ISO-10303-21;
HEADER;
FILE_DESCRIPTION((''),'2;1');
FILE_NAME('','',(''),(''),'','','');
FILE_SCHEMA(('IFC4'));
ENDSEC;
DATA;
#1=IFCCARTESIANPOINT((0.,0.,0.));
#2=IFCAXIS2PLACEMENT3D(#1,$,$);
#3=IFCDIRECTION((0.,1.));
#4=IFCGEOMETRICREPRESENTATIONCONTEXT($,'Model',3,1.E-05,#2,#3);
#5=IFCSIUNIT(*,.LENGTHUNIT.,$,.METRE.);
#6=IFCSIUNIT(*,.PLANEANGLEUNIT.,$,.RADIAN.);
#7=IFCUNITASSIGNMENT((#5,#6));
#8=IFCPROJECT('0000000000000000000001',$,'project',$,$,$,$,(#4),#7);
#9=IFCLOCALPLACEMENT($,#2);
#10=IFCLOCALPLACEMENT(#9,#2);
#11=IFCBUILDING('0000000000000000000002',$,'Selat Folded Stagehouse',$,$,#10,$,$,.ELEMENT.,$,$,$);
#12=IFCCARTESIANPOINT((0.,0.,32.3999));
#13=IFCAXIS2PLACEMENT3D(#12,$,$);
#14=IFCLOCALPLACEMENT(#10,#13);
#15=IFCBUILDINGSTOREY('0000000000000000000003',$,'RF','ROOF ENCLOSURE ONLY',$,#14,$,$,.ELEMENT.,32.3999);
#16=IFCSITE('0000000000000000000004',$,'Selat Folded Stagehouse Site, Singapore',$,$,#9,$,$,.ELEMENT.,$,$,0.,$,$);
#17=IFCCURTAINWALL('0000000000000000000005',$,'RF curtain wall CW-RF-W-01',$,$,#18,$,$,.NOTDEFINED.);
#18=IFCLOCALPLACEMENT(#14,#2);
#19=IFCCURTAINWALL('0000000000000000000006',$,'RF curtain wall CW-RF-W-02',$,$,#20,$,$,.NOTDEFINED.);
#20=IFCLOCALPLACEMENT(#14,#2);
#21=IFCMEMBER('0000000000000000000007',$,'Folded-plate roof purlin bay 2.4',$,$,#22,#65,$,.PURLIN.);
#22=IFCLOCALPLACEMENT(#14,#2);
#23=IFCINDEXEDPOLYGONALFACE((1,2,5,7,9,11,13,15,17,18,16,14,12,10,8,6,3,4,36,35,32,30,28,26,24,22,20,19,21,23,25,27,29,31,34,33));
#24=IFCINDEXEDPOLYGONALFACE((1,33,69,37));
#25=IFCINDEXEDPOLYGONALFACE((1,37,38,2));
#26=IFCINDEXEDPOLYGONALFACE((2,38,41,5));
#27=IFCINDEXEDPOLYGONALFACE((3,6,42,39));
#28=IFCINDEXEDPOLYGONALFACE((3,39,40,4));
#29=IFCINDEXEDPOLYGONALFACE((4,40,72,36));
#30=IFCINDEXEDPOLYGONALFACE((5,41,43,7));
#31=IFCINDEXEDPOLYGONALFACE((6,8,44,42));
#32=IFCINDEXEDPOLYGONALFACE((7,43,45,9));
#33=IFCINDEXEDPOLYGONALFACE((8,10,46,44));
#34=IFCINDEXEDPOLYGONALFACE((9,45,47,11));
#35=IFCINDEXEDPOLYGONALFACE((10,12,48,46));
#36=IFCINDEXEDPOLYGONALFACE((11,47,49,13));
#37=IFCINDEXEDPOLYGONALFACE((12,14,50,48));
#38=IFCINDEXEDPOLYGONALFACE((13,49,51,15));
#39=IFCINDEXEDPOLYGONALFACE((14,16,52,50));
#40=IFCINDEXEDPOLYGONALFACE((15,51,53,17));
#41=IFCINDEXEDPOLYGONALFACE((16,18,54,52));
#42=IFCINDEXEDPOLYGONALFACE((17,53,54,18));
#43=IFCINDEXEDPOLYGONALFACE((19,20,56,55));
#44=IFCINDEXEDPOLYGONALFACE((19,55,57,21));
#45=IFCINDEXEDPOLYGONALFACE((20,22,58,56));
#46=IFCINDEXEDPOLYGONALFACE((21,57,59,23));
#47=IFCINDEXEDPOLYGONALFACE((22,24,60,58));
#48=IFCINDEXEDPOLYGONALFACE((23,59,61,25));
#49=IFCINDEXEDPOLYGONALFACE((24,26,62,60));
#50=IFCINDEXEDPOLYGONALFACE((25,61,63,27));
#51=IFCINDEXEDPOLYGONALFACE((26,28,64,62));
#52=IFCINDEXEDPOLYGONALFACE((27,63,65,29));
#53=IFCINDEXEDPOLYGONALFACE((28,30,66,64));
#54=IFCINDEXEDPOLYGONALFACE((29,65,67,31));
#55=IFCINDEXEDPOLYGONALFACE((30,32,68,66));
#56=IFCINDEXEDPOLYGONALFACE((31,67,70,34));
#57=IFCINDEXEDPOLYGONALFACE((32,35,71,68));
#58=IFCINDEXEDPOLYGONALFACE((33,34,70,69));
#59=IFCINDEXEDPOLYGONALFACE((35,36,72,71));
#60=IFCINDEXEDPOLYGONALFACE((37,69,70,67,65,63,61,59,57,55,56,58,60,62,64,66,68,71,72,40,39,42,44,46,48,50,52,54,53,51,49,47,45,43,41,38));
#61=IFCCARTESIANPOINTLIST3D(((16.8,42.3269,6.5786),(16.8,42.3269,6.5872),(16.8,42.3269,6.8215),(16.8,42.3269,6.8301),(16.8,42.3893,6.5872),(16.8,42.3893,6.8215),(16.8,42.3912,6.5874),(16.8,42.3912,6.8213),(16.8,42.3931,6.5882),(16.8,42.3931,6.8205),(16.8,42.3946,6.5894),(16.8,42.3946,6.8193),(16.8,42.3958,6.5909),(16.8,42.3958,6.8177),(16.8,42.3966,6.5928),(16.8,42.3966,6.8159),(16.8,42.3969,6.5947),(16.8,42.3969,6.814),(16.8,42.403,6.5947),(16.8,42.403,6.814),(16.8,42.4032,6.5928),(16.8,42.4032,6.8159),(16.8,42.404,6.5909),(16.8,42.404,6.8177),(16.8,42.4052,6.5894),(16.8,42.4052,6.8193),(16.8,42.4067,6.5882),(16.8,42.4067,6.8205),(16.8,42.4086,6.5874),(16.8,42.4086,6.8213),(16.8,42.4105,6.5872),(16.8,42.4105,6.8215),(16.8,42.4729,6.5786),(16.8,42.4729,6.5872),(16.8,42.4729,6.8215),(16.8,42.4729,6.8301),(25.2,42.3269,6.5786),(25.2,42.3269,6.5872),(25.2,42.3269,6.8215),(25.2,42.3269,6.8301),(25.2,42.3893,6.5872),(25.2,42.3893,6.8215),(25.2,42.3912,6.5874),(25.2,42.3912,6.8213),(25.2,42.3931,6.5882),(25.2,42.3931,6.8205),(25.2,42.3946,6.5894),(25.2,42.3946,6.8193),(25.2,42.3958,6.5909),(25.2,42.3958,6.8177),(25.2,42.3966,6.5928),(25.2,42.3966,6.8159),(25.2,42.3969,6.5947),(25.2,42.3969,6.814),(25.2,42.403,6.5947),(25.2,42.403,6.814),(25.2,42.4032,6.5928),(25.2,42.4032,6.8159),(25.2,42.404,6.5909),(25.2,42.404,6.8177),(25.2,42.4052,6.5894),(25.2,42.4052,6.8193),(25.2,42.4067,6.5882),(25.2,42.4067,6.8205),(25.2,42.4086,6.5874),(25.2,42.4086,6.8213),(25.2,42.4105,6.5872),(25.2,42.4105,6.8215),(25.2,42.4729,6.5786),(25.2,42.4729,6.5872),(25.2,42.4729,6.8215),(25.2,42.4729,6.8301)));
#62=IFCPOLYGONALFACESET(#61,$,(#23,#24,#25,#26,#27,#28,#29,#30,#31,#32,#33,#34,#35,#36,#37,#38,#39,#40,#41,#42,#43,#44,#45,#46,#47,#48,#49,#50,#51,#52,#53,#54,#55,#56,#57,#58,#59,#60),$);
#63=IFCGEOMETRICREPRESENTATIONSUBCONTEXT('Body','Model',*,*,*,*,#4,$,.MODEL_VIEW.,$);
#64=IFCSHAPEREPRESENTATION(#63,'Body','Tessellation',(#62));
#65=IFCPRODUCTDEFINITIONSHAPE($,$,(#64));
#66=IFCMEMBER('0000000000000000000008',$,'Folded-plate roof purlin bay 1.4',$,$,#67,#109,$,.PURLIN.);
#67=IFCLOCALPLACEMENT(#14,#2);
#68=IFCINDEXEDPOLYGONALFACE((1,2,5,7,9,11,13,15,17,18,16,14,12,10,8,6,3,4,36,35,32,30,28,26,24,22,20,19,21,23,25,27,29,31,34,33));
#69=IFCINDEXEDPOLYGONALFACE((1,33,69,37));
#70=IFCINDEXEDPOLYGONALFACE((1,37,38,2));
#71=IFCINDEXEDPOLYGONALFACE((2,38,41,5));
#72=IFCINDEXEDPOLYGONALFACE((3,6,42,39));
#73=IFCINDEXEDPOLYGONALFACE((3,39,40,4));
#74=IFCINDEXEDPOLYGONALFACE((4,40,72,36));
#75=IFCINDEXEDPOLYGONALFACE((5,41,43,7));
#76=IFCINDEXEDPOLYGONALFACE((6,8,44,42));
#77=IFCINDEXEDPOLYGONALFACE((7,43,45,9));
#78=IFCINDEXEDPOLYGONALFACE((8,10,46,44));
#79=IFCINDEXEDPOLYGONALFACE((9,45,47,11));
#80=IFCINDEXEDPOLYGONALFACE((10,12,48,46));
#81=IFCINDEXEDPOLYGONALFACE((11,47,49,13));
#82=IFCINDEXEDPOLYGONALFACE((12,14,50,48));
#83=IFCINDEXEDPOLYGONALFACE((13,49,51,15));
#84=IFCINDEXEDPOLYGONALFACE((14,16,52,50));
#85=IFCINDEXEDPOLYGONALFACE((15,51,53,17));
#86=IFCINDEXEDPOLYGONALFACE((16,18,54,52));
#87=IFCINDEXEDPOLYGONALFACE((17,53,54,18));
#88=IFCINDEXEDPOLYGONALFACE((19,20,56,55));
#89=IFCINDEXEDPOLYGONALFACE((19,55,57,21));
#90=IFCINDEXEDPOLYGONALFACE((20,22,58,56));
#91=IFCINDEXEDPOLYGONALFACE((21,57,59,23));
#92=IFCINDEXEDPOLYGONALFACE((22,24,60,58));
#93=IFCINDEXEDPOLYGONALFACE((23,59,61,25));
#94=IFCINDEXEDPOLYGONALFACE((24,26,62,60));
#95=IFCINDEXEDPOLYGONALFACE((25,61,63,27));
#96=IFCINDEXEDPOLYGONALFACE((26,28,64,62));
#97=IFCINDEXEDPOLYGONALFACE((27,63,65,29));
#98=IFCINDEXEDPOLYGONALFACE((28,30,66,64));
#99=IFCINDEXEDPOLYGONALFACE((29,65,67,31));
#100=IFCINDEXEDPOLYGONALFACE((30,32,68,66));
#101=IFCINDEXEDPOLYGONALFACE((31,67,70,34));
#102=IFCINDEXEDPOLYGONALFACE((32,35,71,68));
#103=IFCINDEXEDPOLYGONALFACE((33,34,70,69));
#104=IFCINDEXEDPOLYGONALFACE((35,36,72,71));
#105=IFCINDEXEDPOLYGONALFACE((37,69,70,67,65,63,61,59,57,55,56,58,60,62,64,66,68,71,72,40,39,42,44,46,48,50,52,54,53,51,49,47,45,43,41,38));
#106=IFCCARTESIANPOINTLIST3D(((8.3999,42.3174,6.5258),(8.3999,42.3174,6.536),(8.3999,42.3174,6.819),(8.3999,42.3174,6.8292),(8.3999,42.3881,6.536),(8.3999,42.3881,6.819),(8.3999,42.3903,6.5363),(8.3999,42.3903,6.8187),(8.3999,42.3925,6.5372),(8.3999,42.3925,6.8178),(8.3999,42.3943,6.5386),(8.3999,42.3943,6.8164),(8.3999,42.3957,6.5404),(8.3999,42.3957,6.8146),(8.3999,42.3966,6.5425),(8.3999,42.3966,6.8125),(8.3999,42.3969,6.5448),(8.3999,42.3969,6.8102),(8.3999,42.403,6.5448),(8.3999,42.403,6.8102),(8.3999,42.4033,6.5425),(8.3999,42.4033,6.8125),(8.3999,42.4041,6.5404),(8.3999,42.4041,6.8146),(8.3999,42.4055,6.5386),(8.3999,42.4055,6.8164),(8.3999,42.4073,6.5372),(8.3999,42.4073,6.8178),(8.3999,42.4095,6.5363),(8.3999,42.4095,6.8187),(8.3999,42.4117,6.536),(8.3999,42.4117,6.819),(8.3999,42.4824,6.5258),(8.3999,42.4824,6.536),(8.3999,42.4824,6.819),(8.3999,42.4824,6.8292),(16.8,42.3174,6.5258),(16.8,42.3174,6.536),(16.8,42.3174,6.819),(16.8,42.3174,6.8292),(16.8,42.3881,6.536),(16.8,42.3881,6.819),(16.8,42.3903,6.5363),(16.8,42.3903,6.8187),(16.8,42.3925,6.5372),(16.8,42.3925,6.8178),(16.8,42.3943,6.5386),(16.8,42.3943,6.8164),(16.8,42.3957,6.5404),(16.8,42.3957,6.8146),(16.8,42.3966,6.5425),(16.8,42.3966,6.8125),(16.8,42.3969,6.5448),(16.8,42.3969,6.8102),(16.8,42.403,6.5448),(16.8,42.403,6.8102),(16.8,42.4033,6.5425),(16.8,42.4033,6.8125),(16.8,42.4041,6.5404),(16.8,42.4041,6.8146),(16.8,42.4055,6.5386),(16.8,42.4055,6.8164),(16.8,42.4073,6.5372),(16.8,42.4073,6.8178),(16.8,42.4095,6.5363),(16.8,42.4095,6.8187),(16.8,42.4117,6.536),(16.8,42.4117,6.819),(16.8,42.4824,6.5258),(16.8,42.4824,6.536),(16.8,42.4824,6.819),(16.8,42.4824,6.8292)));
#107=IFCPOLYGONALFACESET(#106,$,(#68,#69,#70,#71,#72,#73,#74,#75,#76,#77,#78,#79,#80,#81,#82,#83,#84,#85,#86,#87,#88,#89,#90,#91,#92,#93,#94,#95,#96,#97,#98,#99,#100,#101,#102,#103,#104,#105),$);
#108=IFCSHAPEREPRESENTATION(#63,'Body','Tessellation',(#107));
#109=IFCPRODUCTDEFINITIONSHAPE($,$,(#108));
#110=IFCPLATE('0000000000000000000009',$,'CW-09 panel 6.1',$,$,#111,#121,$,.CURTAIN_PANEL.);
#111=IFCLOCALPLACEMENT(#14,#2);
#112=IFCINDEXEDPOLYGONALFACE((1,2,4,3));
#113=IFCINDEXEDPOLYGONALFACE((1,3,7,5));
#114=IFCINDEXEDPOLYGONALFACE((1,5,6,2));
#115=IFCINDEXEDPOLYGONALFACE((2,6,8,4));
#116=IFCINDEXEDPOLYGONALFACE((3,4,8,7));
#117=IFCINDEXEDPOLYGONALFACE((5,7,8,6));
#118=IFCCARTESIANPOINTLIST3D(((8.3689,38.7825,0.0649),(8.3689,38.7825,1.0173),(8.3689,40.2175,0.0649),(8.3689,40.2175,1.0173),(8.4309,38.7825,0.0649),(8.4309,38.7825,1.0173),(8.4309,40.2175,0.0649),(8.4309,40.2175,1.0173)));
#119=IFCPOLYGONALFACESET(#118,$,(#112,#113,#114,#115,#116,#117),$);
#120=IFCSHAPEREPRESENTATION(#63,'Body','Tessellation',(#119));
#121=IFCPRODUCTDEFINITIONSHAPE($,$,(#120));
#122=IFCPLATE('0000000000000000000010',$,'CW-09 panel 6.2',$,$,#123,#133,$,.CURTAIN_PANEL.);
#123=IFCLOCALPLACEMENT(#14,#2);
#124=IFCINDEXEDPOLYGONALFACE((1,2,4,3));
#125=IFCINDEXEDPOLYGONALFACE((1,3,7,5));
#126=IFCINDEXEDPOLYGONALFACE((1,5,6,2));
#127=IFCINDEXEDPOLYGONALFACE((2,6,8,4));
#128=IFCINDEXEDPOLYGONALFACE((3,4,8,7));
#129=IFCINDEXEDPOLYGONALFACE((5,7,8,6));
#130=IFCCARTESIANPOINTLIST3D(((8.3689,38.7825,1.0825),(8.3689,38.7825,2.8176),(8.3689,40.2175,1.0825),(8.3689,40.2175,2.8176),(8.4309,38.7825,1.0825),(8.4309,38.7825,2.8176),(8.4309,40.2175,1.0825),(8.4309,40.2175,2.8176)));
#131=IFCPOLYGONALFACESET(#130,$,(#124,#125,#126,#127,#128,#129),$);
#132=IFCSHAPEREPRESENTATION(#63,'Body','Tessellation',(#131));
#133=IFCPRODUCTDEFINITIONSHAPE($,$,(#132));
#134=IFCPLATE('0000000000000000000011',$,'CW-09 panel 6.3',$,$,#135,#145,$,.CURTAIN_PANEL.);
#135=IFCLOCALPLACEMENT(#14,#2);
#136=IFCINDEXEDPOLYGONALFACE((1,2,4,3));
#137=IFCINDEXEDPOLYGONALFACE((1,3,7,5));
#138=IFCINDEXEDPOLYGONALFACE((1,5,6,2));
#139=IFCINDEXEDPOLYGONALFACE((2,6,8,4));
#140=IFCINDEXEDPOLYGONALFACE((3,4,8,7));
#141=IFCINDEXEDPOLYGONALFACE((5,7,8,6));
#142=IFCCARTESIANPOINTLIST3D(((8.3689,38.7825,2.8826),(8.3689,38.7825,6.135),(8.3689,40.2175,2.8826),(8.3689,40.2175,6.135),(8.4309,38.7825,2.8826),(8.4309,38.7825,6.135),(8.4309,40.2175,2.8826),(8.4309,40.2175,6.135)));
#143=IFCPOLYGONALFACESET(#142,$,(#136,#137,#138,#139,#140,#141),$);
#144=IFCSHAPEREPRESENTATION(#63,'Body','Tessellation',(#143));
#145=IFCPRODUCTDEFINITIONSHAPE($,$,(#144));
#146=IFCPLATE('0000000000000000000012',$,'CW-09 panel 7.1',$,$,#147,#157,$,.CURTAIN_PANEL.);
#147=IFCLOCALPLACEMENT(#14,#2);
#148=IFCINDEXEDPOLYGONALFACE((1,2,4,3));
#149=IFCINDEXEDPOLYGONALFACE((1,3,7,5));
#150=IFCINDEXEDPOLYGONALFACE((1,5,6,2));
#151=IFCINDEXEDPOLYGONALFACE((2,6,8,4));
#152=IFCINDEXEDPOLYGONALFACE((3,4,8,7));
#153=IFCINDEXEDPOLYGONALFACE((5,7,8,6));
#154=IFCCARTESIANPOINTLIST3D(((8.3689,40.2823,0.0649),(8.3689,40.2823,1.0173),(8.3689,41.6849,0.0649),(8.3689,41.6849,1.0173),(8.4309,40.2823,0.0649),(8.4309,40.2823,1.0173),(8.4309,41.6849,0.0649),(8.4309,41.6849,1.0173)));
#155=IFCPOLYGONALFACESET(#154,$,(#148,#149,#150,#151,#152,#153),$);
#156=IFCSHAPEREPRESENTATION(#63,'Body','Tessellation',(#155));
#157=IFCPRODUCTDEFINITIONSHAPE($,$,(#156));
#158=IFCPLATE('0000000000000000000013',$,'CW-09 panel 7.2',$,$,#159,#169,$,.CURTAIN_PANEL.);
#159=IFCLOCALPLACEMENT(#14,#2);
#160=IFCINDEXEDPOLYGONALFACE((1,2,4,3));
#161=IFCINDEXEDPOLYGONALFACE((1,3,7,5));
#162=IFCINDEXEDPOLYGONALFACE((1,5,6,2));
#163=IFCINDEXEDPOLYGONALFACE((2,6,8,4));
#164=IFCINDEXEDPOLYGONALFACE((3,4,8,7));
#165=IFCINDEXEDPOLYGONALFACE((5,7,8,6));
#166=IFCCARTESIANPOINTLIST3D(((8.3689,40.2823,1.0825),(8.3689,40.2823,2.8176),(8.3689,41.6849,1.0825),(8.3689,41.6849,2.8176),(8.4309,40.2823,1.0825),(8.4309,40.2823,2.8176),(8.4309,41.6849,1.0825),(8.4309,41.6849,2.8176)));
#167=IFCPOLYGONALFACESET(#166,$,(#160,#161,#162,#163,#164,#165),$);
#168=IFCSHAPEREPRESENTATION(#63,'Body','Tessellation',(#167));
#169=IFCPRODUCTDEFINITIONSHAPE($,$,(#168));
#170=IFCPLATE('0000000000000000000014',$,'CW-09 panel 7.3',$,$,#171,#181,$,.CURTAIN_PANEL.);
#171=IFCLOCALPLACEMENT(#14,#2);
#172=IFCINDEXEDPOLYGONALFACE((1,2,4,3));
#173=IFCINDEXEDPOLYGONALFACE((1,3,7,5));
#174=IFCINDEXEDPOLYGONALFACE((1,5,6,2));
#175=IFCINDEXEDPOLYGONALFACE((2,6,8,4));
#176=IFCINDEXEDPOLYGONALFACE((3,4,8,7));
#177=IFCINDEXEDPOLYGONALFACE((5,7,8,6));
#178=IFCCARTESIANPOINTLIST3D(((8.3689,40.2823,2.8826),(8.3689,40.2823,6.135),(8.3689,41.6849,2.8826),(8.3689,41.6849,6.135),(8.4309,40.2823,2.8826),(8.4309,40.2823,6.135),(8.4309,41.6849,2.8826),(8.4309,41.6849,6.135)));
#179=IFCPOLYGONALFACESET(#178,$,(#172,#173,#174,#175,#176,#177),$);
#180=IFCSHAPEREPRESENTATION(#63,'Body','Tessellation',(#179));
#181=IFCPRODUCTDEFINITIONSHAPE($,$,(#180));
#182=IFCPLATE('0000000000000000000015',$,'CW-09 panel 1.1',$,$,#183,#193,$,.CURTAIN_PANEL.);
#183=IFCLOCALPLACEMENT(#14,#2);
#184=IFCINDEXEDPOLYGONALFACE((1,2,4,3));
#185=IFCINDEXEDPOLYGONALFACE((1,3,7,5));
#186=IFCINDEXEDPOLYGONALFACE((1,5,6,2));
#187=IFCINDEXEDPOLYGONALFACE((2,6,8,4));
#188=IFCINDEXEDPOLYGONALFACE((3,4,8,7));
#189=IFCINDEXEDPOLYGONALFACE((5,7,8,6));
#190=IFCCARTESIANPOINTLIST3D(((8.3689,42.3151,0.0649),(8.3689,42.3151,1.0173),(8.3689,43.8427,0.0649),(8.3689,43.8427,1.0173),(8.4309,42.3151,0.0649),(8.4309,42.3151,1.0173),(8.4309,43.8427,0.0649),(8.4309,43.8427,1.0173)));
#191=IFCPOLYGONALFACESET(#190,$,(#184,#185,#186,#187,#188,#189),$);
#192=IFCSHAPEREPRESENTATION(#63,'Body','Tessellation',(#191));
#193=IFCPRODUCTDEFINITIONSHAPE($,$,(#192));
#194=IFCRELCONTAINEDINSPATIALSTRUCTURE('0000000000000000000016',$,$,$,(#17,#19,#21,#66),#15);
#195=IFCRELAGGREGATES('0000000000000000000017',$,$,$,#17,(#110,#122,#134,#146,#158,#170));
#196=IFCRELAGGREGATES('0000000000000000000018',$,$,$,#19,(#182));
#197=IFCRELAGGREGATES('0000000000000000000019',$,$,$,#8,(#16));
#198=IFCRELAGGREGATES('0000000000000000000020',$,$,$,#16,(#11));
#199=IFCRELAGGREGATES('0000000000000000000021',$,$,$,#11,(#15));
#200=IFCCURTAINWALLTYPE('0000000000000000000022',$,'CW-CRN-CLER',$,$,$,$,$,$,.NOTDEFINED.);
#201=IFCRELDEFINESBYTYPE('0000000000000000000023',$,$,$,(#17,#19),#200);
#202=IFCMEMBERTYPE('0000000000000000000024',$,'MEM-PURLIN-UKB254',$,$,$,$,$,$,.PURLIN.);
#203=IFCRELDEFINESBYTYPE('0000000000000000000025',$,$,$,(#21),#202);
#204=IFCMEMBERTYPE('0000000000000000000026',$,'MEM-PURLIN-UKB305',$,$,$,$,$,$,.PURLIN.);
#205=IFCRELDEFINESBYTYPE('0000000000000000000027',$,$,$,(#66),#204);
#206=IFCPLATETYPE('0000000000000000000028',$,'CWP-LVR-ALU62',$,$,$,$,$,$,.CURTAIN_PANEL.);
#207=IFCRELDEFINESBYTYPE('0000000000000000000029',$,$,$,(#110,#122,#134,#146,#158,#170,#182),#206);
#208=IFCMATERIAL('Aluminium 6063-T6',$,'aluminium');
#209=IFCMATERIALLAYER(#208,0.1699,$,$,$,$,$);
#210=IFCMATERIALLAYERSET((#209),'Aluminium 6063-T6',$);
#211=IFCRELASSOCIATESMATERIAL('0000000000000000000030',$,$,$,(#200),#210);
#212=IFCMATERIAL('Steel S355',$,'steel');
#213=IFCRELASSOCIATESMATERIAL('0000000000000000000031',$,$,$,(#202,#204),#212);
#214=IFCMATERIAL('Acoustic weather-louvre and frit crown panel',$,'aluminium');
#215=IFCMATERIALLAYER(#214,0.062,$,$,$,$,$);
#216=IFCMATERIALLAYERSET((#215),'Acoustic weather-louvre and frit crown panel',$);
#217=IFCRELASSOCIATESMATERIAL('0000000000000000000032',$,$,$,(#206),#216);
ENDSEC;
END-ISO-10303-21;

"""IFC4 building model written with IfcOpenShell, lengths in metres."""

from ifc_helpers import new_model, si_unit, direction, frame, origin, origin_2d, place, context, subcontext, project, spatial, rectangle, i_section, extrude, material, layer, layer_set, material_profile, profile_set, type_object, element, aggregate, save


model = new_model("IFC4")

# Units and contexts
model_context = context("Model", 3, precision=1e-05, world=origin(), true_north=direction((0.0, 1.0)))
body_context = subcontext(model_context, "Body", "Model", "MODEL_VIEW")
ifc_project = project(units=[si_unit("LENGTHUNIT", "METRE"), si_unit("PLANEANGLEUNIT", "RADIAN")], contexts=[model_context])

# Site, building, storey
site_placement = place(None, origin())
site = spatial("IfcSite", under=ifc_project, at=site_placement, Name="Selat Folded Stagehouse Site, Singapore", CompositionType="ELEMENT", RefElevation=0.0)
building_placement = place(site_placement, origin())
building = spatial("IfcBuilding", under=site, at=building_placement, Name="Selat Folded Stagehouse", CompositionType="ELEMENT")
storey_placement = place(building_placement, frame((0.0, 0.0, 32.3999)))
storey = spatial("IfcBuildingStorey", under=building, at=storey_placement, Name="RF", Description="ROOF ENCLOSURE ONLY", CompositionType="ELEMENT", Elevation=32.3999)

# Curtain walls
ifc_material_1 = material(Name="Aluminium 6063-T6", Category="aluminium")
ifc_layer_1 = layer(ifc_material_1, 0.1699)
ifc_layer_set_1 = layer_set([ifc_layer_1], Name="Aluminium 6063-T6")
curtain_wall_type = type_object("IfcCurtainWallType", Name="CW-CRN-CLER", PredefinedType="NOTDEFINED", material=ifc_layer_set_1)
curtain_wall_1_placement = place(storey_placement, origin())
curtain_wall_1 = element("IfcCurtainWall", 1, at=curtain_wall_1_placement, inside=storey, type_object=curtain_wall_type, Name="RF curtain wall CW-RF-W-01", PredefinedType="NOTDEFINED")
curtain_wall_2_placement = place(storey_placement, origin())
curtain_wall_2 = element("IfcCurtainWall", 2, at=curtain_wall_2_placement, inside=storey, type_object=curtain_wall_type, Name="RF curtain wall CW-RF-W-02", PredefinedType="NOTDEFINED")

# Members
ifc_material_2 = material(Name="Steel S355", Category="steel")
ifc_material_profile_1 = material_profile(ifc_material_2, i_section(OverallWidth=0.146, OverallDepth=0.2515, WebThickness=0.0061, FlangeThickness=0.0085, FilletRadius=0.0076, at=origin_2d()), Name="UKB 254x146x31")
ifc_profile_set_1 = profile_set([ifc_material_profile_1], Name="Steel S355")
member_type_1 = type_object("IfcMemberType", Name="MEM-PURLIN-UKB254", PredefinedType="PURLIN", material=ifc_profile_set_1)
member_1_placement = place(storey_placement, frame((16.8, 42.3999, 6.7043), z_axis=(1.0, 0.0, 0.0), x_axis=(0.0, 1.0, 0.0)))
element("IfcMember", 3, at=member_1_placement, inside=storey, type_object=member_type_1, Name="Folded-plate roof purlin bay 2.4", PredefinedType="PURLIN", context=body_context, shape_type="SweptSolid", body=[
    extrude(i_section(OverallWidth=0.146, OverallDepth=0.2515, WebThickness=0.0061, FlangeThickness=0.0085, FilletRadius=0.0076, at=origin_2d()), origin(), (0.0, 0.0, 1.0), 8.3999),
])
ifc_material_profile_2 = material_profile(ifc_material_2, i_section(OverallWidth=0.165, OverallDepth=0.3035, WebThickness=0.0061, FlangeThickness=0.0103, FilletRadius=0.0088, at=origin_2d()), Name="UKB 305x165x40")
ifc_profile_set_2 = profile_set([ifc_material_profile_2], Name="Steel S355")
member_type_2 = type_object("IfcMemberType", Name="MEM-PURLIN-UKB305", PredefinedType="PURLIN", material=ifc_profile_set_2)
member_2_placement = place(storey_placement, frame((8.3999, 42.3999, 6.6775), z_axis=(1.0, 0.0, 0.0), x_axis=(0.0, 1.0, 0.0)))
element("IfcMember", 4, at=member_2_placement, inside=storey, type_object=member_type_2, Name="Folded-plate roof purlin bay 1.4", PredefinedType="PURLIN", context=body_context, shape_type="SweptSolid", body=[
    extrude(i_section(OverallWidth=0.165, OverallDepth=0.3035, WebThickness=0.0061, FlangeThickness=0.0103, FilletRadius=0.0088, at=origin_2d()), origin(), (0.0, 0.0, 1.0), 8.4001),
])

# Plates
ifc_material_3 = material(Name="Acoustic weather-louvre and frit crown panel", Category="aluminium")
ifc_layer_2 = layer(ifc_material_3, 0.062)
ifc_layer_set_2 = layer_set([ifc_layer_2], Name="Acoustic weather-louvre and frit crown panel")
plate_type = type_object("IfcPlateType", Name="CWP-LVR-ALU62", PredefinedType="CURTAIN_PANEL", material=ifc_layer_set_2)
plate_1_placement = place(storey_placement, frame((8.3999, 39.5, 0.0649), z_axis=(0.0, 0.0, 1.0), x_axis=(0.0, 1.0, 0.0)))
plate_1 = element("IfcPlate", 5, at=plate_1_placement, type_object=plate_type, Name="CW-09 panel 6.1", PredefinedType="CURTAIN_PANEL", context=body_context, shape_type="SweptSolid", body=[
    extrude(rectangle(XDim=1.4351, YDim=0.062, at=origin_2d()), origin(), (0.0, 0.0, 1.0), 0.9524),
])
plate_2_placement = place(storey_placement, frame((8.3999, 39.5, 1.0825), z_axis=(0.0, 0.0, 1.0), x_axis=(0.0, 1.0, 0.0)))
plate_2 = element("IfcPlate", 6, at=plate_2_placement, type_object=plate_type, Name="CW-09 panel 6.2", PredefinedType="CURTAIN_PANEL", context=body_context, shape_type="SweptSolid", body=[
    extrude(rectangle(XDim=1.4351, YDim=0.062, at=origin_2d()), origin(), (0.0, 0.0, 1.0), 1.7351),
])
plate_3_placement = place(storey_placement, frame((8.3999, 39.5, 2.8826), z_axis=(0.0, 0.0, 1.0), x_axis=(0.0, 1.0, 0.0)))
plate_3 = element("IfcPlate", 7, at=plate_3_placement, type_object=plate_type, Name="CW-09 panel 6.3", PredefinedType="CURTAIN_PANEL", context=body_context, shape_type="SweptSolid", body=[
    extrude(rectangle(XDim=1.4351, YDim=0.062, at=origin_2d()), origin(), (0.0, 0.0, 1.0), 3.2524),
])
plate_4_placement = place(storey_placement, frame((8.3999, 40.9836, 0.0649), z_axis=(0.0, 0.0, 1.0), x_axis=(0.0, 1.0, 0.0)))
plate_4 = element("IfcPlate", 8, at=plate_4_placement, type_object=plate_type, Name="CW-09 panel 7.1", PredefinedType="CURTAIN_PANEL", context=body_context, shape_type="SweptSolid", body=[
    extrude(rectangle(XDim=1.4026, YDim=0.062, at=origin_2d()), origin(), (0.0, 0.0, 1.0), 0.9524),
])
plate_5_placement = place(storey_placement, frame((8.3999, 40.9836, 1.0825), z_axis=(0.0, 0.0, 1.0), x_axis=(0.0, 1.0, 0.0)))
plate_5 = element("IfcPlate", 9, at=plate_5_placement, type_object=plate_type, Name="CW-09 panel 7.2", PredefinedType="CURTAIN_PANEL", context=body_context, shape_type="SweptSolid", body=[
    extrude(rectangle(XDim=1.4026, YDim=0.062, at=origin_2d()), origin(), (0.0, 0.0, 1.0), 1.7351),
])
plate_6_placement = place(storey_placement, frame((8.3999, 40.9836, 2.8826), z_axis=(0.0, 0.0, 1.0), x_axis=(0.0, 1.0, 0.0)))
plate_6 = element("IfcPlate", 10, at=plate_6_placement, type_object=plate_type, Name="CW-09 panel 7.3", PredefinedType="CURTAIN_PANEL", context=body_context, shape_type="SweptSolid", body=[
    extrude(rectangle(XDim=1.4026, YDim=0.062, at=origin_2d()), origin(), (0.0, 0.0, 1.0), 3.2524),
])
aggregate(curtain_wall_1, [plate_1, plate_2, plate_3, plate_4, plate_5, plate_6])
plate_7_placement = place(storey_placement, frame((8.3999, 43.0789, 0.0649), z_axis=(0.0, 0.0, 1.0), x_axis=(0.0, 1.0, 0.0)))
plate_7 = element("IfcPlate", 11, at=plate_7_placement, type_object=plate_type, Name="CW-09 panel 1.1", PredefinedType="CURTAIN_PANEL", context=body_context, shape_type="SweptSolid", body=[
    extrude(rectangle(XDim=1.5276, YDim=0.062, at=origin_2d()), origin(), (0.0, 0.0, 1.0), 0.9524),
])
aggregate(curtain_wall_2, [plate_7])

save(model, "model.ifc")
